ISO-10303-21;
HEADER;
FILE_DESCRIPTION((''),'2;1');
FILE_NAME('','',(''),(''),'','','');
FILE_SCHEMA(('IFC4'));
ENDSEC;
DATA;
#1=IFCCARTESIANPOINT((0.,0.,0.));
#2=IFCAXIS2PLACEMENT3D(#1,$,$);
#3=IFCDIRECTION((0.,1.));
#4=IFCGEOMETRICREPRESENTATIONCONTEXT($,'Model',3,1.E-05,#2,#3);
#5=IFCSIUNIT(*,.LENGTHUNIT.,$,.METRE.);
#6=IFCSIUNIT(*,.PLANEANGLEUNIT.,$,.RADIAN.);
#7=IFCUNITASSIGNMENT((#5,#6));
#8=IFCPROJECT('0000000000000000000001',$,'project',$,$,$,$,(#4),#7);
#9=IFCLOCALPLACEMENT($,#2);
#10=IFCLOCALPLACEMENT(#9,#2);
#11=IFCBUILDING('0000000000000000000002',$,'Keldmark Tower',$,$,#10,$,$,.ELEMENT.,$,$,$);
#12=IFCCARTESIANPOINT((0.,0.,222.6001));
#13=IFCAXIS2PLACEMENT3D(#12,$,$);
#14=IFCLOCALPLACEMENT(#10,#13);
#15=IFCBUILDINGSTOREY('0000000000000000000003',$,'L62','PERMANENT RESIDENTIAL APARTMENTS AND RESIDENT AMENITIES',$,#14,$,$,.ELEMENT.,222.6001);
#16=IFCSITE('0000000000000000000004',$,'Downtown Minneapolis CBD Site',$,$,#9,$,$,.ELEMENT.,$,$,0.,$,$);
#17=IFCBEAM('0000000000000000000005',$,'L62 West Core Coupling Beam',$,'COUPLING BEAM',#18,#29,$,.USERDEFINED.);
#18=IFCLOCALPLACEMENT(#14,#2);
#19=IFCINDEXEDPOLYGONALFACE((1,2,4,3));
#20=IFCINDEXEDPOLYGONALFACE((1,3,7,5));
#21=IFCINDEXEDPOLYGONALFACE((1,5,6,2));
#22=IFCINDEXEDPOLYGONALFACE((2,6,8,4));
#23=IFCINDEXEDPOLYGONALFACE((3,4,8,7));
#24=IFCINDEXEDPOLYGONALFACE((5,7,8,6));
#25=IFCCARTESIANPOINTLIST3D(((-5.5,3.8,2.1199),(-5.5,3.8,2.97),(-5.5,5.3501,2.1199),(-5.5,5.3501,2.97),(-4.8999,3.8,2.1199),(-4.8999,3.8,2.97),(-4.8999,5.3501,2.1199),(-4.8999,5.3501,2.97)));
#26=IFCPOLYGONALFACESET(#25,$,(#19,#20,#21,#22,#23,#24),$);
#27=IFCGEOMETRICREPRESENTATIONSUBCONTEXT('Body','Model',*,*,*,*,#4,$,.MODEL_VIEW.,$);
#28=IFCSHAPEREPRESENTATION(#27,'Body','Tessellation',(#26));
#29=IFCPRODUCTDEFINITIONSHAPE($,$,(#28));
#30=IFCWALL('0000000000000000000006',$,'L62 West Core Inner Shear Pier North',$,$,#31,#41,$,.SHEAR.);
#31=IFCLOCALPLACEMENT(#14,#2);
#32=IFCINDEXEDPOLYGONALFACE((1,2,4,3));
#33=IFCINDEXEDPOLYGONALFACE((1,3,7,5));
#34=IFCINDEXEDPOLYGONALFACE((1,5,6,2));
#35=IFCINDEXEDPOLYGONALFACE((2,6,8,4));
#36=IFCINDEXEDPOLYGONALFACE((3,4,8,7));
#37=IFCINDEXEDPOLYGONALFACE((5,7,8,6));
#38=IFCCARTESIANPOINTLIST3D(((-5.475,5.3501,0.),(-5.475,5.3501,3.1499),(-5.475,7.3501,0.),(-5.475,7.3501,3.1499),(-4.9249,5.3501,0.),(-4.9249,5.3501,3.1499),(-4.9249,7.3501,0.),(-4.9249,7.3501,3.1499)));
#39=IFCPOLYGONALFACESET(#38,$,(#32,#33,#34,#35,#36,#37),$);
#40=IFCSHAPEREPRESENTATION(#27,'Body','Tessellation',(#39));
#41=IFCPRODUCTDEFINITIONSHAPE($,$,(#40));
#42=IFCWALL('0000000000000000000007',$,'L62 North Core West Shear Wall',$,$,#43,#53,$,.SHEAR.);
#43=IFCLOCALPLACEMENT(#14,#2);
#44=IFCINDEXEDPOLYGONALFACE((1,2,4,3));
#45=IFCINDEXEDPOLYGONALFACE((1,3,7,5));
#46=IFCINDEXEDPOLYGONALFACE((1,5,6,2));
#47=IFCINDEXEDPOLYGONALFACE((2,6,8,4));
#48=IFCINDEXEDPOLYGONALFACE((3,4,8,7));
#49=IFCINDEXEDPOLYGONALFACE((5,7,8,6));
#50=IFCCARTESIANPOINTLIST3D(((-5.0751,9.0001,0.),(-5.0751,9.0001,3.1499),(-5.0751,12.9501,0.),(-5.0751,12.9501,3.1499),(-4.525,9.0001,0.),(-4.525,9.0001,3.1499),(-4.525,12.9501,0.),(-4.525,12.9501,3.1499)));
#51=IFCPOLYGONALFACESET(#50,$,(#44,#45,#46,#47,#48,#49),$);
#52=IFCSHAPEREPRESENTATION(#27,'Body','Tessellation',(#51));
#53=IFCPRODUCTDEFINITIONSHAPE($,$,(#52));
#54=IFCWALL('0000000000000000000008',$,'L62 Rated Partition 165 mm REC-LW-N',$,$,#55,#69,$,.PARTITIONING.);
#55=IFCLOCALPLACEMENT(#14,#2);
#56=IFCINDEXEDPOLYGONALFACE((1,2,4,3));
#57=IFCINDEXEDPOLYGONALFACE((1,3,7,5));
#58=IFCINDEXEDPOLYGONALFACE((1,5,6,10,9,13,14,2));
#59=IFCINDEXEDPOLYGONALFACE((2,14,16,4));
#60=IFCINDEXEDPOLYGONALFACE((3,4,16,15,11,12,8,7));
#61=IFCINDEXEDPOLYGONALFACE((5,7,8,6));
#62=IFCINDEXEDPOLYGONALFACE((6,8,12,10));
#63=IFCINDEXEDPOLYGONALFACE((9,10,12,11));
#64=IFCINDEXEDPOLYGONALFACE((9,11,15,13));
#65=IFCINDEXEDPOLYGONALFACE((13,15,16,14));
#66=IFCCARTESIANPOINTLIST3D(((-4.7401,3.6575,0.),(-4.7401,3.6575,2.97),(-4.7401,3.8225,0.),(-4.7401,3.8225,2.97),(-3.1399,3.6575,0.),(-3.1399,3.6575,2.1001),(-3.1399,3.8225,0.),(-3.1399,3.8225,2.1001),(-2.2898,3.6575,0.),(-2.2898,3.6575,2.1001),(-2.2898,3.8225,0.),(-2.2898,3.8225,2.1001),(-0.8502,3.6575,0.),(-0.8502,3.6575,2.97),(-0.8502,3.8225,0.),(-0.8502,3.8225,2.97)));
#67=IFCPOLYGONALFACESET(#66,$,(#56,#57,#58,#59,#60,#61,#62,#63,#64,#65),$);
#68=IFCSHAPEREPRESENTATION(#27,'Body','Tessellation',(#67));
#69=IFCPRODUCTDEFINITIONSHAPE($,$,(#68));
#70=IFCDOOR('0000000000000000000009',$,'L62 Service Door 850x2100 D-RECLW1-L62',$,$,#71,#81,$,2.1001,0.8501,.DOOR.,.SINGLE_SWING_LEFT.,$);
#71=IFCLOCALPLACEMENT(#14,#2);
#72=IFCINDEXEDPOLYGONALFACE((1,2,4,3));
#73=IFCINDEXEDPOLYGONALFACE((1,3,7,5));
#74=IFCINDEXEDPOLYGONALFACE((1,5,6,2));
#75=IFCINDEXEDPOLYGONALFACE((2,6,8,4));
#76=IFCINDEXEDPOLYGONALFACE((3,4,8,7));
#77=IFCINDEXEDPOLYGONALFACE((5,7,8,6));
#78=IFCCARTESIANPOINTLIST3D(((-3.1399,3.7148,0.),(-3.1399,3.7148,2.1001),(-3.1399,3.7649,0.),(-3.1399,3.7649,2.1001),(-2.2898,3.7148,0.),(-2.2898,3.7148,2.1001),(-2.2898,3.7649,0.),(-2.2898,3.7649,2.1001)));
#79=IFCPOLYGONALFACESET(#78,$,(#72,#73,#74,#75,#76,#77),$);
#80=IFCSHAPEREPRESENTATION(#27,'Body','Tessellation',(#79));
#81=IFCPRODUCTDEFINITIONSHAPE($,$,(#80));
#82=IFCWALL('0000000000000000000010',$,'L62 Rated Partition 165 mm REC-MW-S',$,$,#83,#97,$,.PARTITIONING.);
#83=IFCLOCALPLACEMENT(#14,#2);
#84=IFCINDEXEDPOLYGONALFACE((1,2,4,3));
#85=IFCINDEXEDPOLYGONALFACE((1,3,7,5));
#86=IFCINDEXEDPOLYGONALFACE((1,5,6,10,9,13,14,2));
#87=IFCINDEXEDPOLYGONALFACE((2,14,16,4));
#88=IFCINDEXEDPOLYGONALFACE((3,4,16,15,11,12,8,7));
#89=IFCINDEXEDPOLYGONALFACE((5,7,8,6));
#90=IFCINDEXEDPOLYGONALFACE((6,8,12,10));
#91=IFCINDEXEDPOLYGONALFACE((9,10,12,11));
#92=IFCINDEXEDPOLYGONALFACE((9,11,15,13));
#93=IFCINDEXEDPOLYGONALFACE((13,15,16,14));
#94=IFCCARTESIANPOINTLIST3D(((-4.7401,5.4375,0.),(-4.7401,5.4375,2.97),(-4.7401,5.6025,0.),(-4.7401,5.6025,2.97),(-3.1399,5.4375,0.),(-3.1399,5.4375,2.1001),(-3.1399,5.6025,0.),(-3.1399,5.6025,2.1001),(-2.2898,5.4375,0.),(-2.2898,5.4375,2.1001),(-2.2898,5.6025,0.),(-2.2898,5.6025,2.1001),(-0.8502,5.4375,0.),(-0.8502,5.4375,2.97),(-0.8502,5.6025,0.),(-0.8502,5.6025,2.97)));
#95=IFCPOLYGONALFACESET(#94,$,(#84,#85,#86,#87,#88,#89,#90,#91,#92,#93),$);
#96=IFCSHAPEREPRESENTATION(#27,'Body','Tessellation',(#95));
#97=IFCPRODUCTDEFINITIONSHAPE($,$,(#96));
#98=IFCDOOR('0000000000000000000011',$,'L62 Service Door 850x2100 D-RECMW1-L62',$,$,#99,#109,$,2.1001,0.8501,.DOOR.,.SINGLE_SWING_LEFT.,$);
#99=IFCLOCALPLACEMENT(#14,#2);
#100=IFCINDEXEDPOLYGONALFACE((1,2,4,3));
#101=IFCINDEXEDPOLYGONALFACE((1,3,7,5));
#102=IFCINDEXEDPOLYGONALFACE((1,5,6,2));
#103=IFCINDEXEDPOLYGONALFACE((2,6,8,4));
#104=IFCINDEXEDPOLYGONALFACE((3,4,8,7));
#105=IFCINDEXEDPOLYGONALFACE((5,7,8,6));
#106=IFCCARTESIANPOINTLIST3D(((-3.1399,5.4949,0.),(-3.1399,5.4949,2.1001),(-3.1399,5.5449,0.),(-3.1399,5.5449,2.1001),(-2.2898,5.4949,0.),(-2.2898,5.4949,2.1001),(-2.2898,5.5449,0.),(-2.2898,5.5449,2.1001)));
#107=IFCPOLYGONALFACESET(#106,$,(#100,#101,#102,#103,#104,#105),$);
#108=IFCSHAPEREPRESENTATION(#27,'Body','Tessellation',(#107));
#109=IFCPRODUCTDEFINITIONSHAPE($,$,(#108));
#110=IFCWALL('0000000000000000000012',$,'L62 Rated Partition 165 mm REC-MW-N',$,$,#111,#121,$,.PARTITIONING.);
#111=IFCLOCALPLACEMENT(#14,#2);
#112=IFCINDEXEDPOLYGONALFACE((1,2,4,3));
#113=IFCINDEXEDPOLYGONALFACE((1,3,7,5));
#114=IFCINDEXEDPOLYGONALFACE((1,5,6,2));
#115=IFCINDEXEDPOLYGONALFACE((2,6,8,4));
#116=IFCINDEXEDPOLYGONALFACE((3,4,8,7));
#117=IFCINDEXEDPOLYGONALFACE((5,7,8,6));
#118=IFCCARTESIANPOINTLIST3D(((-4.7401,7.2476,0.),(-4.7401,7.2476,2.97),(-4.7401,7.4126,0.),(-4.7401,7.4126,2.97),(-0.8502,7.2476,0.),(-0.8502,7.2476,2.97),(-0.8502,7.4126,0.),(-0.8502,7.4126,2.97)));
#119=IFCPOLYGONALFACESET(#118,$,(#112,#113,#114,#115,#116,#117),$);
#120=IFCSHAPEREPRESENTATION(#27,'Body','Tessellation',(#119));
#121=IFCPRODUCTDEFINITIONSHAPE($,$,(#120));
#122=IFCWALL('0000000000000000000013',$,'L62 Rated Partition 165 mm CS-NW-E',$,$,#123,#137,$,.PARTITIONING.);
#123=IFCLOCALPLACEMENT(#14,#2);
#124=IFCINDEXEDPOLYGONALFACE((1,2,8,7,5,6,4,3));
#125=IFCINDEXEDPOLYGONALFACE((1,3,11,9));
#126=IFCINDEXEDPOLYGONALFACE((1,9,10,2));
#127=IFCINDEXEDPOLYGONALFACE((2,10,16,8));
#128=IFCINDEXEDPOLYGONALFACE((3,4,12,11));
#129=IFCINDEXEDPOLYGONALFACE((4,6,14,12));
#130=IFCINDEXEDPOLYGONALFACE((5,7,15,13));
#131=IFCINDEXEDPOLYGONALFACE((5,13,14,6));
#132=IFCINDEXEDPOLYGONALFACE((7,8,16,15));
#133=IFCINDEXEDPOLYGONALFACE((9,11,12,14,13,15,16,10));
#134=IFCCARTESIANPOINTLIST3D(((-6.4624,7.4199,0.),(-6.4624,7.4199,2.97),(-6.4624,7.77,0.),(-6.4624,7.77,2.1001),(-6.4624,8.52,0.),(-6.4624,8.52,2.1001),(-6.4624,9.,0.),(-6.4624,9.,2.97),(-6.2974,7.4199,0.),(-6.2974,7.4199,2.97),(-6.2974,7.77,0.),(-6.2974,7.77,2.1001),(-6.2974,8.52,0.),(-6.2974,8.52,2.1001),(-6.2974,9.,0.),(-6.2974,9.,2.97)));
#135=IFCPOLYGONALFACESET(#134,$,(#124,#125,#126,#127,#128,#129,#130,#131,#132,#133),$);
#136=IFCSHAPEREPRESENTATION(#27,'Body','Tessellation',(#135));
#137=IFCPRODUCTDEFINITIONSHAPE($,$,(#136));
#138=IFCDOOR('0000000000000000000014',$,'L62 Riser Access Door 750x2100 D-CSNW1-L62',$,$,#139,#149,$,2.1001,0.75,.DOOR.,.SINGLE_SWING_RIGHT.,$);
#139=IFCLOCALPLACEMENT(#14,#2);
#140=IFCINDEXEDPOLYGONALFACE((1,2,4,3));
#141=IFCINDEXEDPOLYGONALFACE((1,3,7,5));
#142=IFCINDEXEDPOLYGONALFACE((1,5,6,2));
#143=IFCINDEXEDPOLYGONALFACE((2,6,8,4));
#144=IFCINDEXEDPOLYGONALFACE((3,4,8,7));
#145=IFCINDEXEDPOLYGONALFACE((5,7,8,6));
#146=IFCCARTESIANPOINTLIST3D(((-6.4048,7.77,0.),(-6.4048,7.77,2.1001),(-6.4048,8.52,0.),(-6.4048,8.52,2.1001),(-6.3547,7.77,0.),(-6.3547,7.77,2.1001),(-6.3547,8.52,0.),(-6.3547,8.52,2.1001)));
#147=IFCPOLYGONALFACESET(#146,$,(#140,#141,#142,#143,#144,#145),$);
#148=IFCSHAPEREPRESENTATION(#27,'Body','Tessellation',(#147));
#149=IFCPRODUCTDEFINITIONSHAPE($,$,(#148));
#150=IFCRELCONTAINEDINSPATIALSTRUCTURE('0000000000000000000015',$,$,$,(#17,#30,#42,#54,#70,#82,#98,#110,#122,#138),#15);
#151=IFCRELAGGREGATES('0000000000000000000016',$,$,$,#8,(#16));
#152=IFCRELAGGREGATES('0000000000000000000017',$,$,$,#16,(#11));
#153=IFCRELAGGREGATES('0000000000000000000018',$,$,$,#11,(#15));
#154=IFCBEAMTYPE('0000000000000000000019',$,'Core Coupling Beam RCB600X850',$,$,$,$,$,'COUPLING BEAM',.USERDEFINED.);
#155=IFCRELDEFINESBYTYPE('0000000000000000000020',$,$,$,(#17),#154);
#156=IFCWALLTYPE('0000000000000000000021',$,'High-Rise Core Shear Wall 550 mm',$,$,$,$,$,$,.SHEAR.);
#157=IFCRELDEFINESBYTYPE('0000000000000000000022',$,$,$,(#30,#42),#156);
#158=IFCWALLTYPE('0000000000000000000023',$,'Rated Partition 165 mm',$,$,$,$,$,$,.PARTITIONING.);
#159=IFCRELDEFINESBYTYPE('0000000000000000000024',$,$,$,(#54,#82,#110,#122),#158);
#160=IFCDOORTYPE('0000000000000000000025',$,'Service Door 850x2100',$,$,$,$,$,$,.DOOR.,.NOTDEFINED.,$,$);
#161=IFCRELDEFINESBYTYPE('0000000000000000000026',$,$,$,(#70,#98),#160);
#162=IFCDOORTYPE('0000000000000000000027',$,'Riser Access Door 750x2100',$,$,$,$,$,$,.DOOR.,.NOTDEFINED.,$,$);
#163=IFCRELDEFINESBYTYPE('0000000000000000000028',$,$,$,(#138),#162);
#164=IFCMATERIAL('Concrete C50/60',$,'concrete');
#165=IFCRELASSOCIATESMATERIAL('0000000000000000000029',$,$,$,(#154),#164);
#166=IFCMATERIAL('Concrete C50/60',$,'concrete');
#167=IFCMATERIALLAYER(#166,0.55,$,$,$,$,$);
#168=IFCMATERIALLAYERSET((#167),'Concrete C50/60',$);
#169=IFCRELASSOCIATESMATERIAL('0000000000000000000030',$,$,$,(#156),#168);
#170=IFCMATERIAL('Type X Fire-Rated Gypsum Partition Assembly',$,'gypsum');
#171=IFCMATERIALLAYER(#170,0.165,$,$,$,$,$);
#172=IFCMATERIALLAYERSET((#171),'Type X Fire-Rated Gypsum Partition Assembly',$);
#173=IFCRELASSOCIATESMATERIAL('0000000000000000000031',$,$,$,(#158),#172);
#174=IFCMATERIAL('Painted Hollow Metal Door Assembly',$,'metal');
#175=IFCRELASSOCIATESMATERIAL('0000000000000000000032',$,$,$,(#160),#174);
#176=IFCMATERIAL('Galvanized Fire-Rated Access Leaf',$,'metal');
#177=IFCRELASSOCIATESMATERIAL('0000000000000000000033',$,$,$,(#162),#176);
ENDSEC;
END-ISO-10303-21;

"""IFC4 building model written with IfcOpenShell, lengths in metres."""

from ifc_helpers import new_model, si_unit, direction, frame, frame_2d, origin, origin_2d, place, context, subcontext, project, spatial, rectangle, extrude, material, layer, layer_set, material_profile, profile_set, type_object, element, fill, save


model = new_model("IFC4")

# Units and contexts
model_context = context("Model", 3, precision=1e-05, world=origin(), true_north=direction((0.0, 1.0)))
body_context = subcontext(model_context, "Body", "Model", "MODEL_VIEW")
ifc_project = project(units=[si_unit("LENGTHUNIT", "METRE"), si_unit("PLANEANGLEUNIT", "RADIAN")], contexts=[model_context])

# Site, building, storey
site_placement = place(None, origin())
site = spatial("IfcSite", under=ifc_project, at=site_placement, Name="Downtown Minneapolis CBD Site", CompositionType="ELEMENT", RefElevation=0.0)
building_placement = place(site_placement, origin())
building = spatial("IfcBuilding", under=site, at=building_placement, Name="Keldmark Tower", CompositionType="ELEMENT")
storey_placement = place(building_placement, frame((0.0, 0.0, 222.6001)))
storey = spatial("IfcBuildingStorey", under=building, at=storey_placement, Name="L62", Description="PERMANENT RESIDENTIAL APARTMENTS AND RESIDENT AMENITIES", CompositionType="ELEMENT", Elevation=222.6001)

# Beam
ifc_material_1 = material(Name="Concrete C50/60", Category="concrete")
ifc_material_profile = material_profile(ifc_material_1, rectangle(XDim=0.6001, YDim=0.8501, at=origin_2d()), Name="RCB600X850")
ifc_profile_set = profile_set([ifc_material_profile], Name="Concrete C50/60")
beam_type = type_object("IfcBeamType", Name="Core Coupling Beam RCB600X850", ElementType="COUPLING BEAM", PredefinedType="USERDEFINED", material=ifc_profile_set)
beam_placement = place(storey_placement, frame((-5.2, 3.8, 2.5449), z_axis=(0.0, 1.0, 0.0), x_axis=(-1.0, 0.0, 0.0)))
element("IfcBeam", 1, at=beam_placement, inside=storey, type_object=beam_type, Name="L62 West Core Coupling Beam", ObjectType="COUPLING BEAM", PredefinedType="USERDEFINED", context=body_context, shape_type="SweptSolid", body=[
    extrude(rectangle(XDim=0.6001, YDim=0.8501, at=origin_2d()), origin(), (0.0, 0.0, 1.0), 1.55),
])

# Walls
ifc_material_2 = material(Name="Concrete C50/60", Category="concrete")
ifc_layer_1 = layer(ifc_material_2, 0.55)
ifc_layer_set_1 = layer_set([ifc_layer_1], Name="Concrete C50/60")
wall_type_1 = type_object("IfcWallType", Name="High-Rise Core Shear Wall 550 mm", PredefinedType="SHEAR", material=ifc_layer_set_1)
wall_1_placement = place(storey_placement, frame((-5.2, 5.3501, 0.0), z_axis=(0.0, 0.0, 1.0), x_axis=(0.0, 1.0, 0.0)))
element("IfcWall", 2, at=wall_1_placement, inside=storey, type_object=wall_type_1, Name="L62 West Core Inner Shear Pier North", PredefinedType="SHEAR", context=body_context, shape_type="SweptSolid", body=[
    extrude(rectangle(XDim=2.0, YDim=0.55, at=frame_2d((1.0, 0.0))), origin(), (0.0, 0.0, 1.0), 3.1499),
])
wall_2_placement = place(storey_placement, frame((-4.8, 9.0, 0.0), z_axis=(0.0, 0.0, 1.0), x_axis=(0.0, 1.0, 0.0)))
element("IfcWall", 3, at=wall_2_placement, inside=storey, type_object=wall_type_1, Name="L62 North Core West Shear Wall", PredefinedType="SHEAR", context=body_context, shape_type="SweptSolid", body=[
    extrude(rectangle(XDim=3.95, YDim=0.55, at=frame_2d((1.9751, 0.0))), origin(), (0.0, 0.0, 1.0), 3.1499),
])

# Walls, openings, doors
ifc_material_3 = material(Name="Type X Fire-Rated Gypsum Partition Assembly", Category="gypsum")
ifc_layer_2 = layer(ifc_material_3, 0.165)
ifc_layer_set_2 = layer_set([ifc_layer_2], Name="Type X Fire-Rated Gypsum Partition Assembly")
wall_type_2 = type_object("IfcWallType", Name="Rated Partition 165 mm", PredefinedType="PARTITIONING", material=ifc_layer_set_2)
wall_3_placement = place(storey_placement, frame((-4.74, 3.74, 0.0), z_axis=(0.0, 0.0, 1.0), x_axis=(1.0, 0.0, 0.0)))
wall_3 = element("IfcWall", 4, at=wall_3_placement, inside=storey, type_object=wall_type_2, Name="L62 Rated Partition 165 mm REC-LW-N", PredefinedType="PARTITIONING", context=body_context, shape_type="SweptSolid", body=[
    extrude(rectangle(XDim=3.8899, YDim=0.165, at=frame_2d((1.9448, 0.0))), origin(), (0.0, 0.0, 1.0), 2.97),
])
opening_1_placement = place(wall_3_placement, frame((1.6001, 0.0, 0.0)))
opening_1 = element("IfcOpeningElement", 5, at=opening_1_placement, cuts=wall_3, PredefinedType="OPENING", context=body_context, shape_type="SweptSolid", body=[
    extrude(rectangle(XDim=0.8501, YDim=2.1001, at=frame_2d((0.425, 1.05))), frame((0.0, 0.0925, 0.0), z_axis=(0.0, -1.0, 0.0), x_axis=(1.0, 0.0, 0.0)), (0.0, 0.0, 1.0), 0.1851),
])
ifc_material_4 = material(Name="Painted Hollow Metal Door Assembly", Category="metal")
door_type_1 = type_object("IfcDoorType", Name="Service Door 850x2100", OperationType="NOTDEFINED", PredefinedType="DOOR", material=ifc_material_4)
door_1_placement = place(opening_1_placement, origin())
door_1 = element("IfcDoor", 6, at=door_1_placement, inside=storey, type_object=door_type_1, Name="L62 Service Door 850x2100 D-RECLW1-L62", OperationType="SINGLE_SWING_LEFT", OverallHeight=2.1001, OverallWidth=0.8501, PredefinedType="DOOR", context=body_context, shape_type="SweptSolid", body=[
    extrude(rectangle(XDim=0.8501, YDim=2.1001, at=frame_2d((0.425, 1.05))), frame((0.0, 0.0249, 0.0), z_axis=(0.0, -1.0, 0.0), x_axis=(1.0, 0.0, 0.0)), (0.0, 0.0, 1.0), 0.05),
])
fill(opening_1, door_1)
wall_4_placement = place(storey_placement, frame((-4.74, 5.52, 0.0), z_axis=(0.0, 0.0, 1.0), x_axis=(1.0, 0.0, 0.0)))
wall_4 = element("IfcWall", 7, at=wall_4_placement, inside=storey, type_object=wall_type_2, Name="L62 Rated Partition 165 mm REC-MW-S", PredefinedType="PARTITIONING", context=body_context, shape_type="SweptSolid", body=[
    extrude(rectangle(XDim=3.8899, YDim=0.165, at=frame_2d((1.9448, 0.0))), origin(), (0.0, 0.0, 1.0), 2.97),
])
opening_2_placement = place(wall_4_placement, frame((1.6001, 0.0, 0.0)))
opening_2 = element("IfcOpeningElement", 8, at=opening_2_placement, cuts=wall_4, PredefinedType="OPENING", context=body_context, shape_type="SweptSolid", body=[
    extrude(rectangle(XDim=0.8501, YDim=2.1001, at=frame_2d((0.425, 1.05))), frame((0.0, 0.0925, 0.0), z_axis=(0.0, -1.0, 0.0), x_axis=(1.0, 0.0, 0.0)), (0.0, 0.0, 1.0), 0.1851),
])
door_2_placement = place(opening_2_placement, origin())
door_2 = element("IfcDoor", 9, at=door_2_placement, inside=storey, type_object=door_type_1, Name="L62 Service Door 850x2100 D-RECMW1-L62", OperationType="SINGLE_SWING_LEFT", OverallHeight=2.1001, OverallWidth=0.8501, PredefinedType="DOOR", context=body_context, shape_type="SweptSolid", body=[
    extrude(rectangle(XDim=0.8501, YDim=2.1001, at=frame_2d((0.425, 1.05))), frame((0.0, 0.0249, 0.0), z_axis=(0.0, -1.0, 0.0), x_axis=(1.0, 0.0, 0.0)), (0.0, 0.0, 1.0), 0.05),
])
fill(opening_2, door_2)

# Wall
wall_5_placement = place(storey_placement, frame((-4.74, 7.3301, 0.0), z_axis=(0.0, 0.0, 1.0), x_axis=(1.0, 0.0, 0.0)))
element("IfcWall", 10, at=wall_5_placement, inside=storey, type_object=wall_type_2, Name="L62 Rated Partition 165 mm REC-MW-N", PredefinedType="PARTITIONING", context=body_context, shape_type="SweptSolid", body=[
    extrude(rectangle(XDim=3.8899, YDim=0.165, at=frame_2d((1.9448, 0.0))), origin(), (0.0, 0.0, 1.0), 2.97),
])

# Wall, opening, door
wall_6_placement = place(storey_placement, frame((-6.3799, 7.4199, 0.0), z_axis=(0.0, 0.0, 1.0), x_axis=(0.0, 1.0, 0.0)))
wall_6 = element("IfcWall", 11, at=wall_6_placement, inside=storey, type_object=wall_type_2, Name="L62 Rated Partition 165 mm CS-NW-E", PredefinedType="PARTITIONING", context=body_context, shape_type="SweptSolid", body=[
    extrude(rectangle(XDim=1.5801, YDim=0.165, at=frame_2d((0.79, 0.0))), origin(), (0.0, 0.0, 1.0), 2.97),
])
opening_3_placement = place(wall_6_placement, frame((0.3501, 0.0, 0.0)))
opening_3 = element("IfcOpeningElement", 12, at=opening_3_placement, cuts=wall_6, PredefinedType="OPENING", context=body_context, shape_type="SweptSolid", body=[
    extrude(rectangle(XDim=0.75, YDim=2.1001, at=frame_2d((0.375, 1.05))), frame((0.0, 0.0925, 0.0), z_axis=(0.0, -1.0, 0.0), x_axis=(1.0, 0.0, 0.0)), (0.0, 0.0, 1.0), 0.1851),
])
ifc_material_5 = material(Name="Galvanized Fire-Rated Access Leaf", Category="metal")
door_type_2 = type_object("IfcDoorType", Name="Riser Access Door 750x2100", OperationType="NOTDEFINED", PredefinedType="DOOR", material=ifc_material_5)
door_3_placement = place(opening_3_placement, origin())
door_3 = element("IfcDoor", 13, at=door_3_placement, inside=storey, type_object=door_type_2, Name="L62 Riser Access Door 750x2100 D-CSNW1-L62", OperationType="SINGLE_SWING_RIGHT", OverallHeight=2.1001, OverallWidth=0.75, PredefinedType="DOOR", context=body_context, shape_type="SweptSolid", body=[
    extrude(rectangle(XDim=0.75, YDim=2.1001, at=frame_2d((0.375, 1.05))), frame((0.0, 0.0249, 0.0), z_axis=(0.0, -1.0, 0.0), x_axis=(1.0, 0.0, 0.0)), (0.0, 0.0, 1.0), 0.05),
])
fill(opening_3, door_3)

save(model, "model.ifc")
